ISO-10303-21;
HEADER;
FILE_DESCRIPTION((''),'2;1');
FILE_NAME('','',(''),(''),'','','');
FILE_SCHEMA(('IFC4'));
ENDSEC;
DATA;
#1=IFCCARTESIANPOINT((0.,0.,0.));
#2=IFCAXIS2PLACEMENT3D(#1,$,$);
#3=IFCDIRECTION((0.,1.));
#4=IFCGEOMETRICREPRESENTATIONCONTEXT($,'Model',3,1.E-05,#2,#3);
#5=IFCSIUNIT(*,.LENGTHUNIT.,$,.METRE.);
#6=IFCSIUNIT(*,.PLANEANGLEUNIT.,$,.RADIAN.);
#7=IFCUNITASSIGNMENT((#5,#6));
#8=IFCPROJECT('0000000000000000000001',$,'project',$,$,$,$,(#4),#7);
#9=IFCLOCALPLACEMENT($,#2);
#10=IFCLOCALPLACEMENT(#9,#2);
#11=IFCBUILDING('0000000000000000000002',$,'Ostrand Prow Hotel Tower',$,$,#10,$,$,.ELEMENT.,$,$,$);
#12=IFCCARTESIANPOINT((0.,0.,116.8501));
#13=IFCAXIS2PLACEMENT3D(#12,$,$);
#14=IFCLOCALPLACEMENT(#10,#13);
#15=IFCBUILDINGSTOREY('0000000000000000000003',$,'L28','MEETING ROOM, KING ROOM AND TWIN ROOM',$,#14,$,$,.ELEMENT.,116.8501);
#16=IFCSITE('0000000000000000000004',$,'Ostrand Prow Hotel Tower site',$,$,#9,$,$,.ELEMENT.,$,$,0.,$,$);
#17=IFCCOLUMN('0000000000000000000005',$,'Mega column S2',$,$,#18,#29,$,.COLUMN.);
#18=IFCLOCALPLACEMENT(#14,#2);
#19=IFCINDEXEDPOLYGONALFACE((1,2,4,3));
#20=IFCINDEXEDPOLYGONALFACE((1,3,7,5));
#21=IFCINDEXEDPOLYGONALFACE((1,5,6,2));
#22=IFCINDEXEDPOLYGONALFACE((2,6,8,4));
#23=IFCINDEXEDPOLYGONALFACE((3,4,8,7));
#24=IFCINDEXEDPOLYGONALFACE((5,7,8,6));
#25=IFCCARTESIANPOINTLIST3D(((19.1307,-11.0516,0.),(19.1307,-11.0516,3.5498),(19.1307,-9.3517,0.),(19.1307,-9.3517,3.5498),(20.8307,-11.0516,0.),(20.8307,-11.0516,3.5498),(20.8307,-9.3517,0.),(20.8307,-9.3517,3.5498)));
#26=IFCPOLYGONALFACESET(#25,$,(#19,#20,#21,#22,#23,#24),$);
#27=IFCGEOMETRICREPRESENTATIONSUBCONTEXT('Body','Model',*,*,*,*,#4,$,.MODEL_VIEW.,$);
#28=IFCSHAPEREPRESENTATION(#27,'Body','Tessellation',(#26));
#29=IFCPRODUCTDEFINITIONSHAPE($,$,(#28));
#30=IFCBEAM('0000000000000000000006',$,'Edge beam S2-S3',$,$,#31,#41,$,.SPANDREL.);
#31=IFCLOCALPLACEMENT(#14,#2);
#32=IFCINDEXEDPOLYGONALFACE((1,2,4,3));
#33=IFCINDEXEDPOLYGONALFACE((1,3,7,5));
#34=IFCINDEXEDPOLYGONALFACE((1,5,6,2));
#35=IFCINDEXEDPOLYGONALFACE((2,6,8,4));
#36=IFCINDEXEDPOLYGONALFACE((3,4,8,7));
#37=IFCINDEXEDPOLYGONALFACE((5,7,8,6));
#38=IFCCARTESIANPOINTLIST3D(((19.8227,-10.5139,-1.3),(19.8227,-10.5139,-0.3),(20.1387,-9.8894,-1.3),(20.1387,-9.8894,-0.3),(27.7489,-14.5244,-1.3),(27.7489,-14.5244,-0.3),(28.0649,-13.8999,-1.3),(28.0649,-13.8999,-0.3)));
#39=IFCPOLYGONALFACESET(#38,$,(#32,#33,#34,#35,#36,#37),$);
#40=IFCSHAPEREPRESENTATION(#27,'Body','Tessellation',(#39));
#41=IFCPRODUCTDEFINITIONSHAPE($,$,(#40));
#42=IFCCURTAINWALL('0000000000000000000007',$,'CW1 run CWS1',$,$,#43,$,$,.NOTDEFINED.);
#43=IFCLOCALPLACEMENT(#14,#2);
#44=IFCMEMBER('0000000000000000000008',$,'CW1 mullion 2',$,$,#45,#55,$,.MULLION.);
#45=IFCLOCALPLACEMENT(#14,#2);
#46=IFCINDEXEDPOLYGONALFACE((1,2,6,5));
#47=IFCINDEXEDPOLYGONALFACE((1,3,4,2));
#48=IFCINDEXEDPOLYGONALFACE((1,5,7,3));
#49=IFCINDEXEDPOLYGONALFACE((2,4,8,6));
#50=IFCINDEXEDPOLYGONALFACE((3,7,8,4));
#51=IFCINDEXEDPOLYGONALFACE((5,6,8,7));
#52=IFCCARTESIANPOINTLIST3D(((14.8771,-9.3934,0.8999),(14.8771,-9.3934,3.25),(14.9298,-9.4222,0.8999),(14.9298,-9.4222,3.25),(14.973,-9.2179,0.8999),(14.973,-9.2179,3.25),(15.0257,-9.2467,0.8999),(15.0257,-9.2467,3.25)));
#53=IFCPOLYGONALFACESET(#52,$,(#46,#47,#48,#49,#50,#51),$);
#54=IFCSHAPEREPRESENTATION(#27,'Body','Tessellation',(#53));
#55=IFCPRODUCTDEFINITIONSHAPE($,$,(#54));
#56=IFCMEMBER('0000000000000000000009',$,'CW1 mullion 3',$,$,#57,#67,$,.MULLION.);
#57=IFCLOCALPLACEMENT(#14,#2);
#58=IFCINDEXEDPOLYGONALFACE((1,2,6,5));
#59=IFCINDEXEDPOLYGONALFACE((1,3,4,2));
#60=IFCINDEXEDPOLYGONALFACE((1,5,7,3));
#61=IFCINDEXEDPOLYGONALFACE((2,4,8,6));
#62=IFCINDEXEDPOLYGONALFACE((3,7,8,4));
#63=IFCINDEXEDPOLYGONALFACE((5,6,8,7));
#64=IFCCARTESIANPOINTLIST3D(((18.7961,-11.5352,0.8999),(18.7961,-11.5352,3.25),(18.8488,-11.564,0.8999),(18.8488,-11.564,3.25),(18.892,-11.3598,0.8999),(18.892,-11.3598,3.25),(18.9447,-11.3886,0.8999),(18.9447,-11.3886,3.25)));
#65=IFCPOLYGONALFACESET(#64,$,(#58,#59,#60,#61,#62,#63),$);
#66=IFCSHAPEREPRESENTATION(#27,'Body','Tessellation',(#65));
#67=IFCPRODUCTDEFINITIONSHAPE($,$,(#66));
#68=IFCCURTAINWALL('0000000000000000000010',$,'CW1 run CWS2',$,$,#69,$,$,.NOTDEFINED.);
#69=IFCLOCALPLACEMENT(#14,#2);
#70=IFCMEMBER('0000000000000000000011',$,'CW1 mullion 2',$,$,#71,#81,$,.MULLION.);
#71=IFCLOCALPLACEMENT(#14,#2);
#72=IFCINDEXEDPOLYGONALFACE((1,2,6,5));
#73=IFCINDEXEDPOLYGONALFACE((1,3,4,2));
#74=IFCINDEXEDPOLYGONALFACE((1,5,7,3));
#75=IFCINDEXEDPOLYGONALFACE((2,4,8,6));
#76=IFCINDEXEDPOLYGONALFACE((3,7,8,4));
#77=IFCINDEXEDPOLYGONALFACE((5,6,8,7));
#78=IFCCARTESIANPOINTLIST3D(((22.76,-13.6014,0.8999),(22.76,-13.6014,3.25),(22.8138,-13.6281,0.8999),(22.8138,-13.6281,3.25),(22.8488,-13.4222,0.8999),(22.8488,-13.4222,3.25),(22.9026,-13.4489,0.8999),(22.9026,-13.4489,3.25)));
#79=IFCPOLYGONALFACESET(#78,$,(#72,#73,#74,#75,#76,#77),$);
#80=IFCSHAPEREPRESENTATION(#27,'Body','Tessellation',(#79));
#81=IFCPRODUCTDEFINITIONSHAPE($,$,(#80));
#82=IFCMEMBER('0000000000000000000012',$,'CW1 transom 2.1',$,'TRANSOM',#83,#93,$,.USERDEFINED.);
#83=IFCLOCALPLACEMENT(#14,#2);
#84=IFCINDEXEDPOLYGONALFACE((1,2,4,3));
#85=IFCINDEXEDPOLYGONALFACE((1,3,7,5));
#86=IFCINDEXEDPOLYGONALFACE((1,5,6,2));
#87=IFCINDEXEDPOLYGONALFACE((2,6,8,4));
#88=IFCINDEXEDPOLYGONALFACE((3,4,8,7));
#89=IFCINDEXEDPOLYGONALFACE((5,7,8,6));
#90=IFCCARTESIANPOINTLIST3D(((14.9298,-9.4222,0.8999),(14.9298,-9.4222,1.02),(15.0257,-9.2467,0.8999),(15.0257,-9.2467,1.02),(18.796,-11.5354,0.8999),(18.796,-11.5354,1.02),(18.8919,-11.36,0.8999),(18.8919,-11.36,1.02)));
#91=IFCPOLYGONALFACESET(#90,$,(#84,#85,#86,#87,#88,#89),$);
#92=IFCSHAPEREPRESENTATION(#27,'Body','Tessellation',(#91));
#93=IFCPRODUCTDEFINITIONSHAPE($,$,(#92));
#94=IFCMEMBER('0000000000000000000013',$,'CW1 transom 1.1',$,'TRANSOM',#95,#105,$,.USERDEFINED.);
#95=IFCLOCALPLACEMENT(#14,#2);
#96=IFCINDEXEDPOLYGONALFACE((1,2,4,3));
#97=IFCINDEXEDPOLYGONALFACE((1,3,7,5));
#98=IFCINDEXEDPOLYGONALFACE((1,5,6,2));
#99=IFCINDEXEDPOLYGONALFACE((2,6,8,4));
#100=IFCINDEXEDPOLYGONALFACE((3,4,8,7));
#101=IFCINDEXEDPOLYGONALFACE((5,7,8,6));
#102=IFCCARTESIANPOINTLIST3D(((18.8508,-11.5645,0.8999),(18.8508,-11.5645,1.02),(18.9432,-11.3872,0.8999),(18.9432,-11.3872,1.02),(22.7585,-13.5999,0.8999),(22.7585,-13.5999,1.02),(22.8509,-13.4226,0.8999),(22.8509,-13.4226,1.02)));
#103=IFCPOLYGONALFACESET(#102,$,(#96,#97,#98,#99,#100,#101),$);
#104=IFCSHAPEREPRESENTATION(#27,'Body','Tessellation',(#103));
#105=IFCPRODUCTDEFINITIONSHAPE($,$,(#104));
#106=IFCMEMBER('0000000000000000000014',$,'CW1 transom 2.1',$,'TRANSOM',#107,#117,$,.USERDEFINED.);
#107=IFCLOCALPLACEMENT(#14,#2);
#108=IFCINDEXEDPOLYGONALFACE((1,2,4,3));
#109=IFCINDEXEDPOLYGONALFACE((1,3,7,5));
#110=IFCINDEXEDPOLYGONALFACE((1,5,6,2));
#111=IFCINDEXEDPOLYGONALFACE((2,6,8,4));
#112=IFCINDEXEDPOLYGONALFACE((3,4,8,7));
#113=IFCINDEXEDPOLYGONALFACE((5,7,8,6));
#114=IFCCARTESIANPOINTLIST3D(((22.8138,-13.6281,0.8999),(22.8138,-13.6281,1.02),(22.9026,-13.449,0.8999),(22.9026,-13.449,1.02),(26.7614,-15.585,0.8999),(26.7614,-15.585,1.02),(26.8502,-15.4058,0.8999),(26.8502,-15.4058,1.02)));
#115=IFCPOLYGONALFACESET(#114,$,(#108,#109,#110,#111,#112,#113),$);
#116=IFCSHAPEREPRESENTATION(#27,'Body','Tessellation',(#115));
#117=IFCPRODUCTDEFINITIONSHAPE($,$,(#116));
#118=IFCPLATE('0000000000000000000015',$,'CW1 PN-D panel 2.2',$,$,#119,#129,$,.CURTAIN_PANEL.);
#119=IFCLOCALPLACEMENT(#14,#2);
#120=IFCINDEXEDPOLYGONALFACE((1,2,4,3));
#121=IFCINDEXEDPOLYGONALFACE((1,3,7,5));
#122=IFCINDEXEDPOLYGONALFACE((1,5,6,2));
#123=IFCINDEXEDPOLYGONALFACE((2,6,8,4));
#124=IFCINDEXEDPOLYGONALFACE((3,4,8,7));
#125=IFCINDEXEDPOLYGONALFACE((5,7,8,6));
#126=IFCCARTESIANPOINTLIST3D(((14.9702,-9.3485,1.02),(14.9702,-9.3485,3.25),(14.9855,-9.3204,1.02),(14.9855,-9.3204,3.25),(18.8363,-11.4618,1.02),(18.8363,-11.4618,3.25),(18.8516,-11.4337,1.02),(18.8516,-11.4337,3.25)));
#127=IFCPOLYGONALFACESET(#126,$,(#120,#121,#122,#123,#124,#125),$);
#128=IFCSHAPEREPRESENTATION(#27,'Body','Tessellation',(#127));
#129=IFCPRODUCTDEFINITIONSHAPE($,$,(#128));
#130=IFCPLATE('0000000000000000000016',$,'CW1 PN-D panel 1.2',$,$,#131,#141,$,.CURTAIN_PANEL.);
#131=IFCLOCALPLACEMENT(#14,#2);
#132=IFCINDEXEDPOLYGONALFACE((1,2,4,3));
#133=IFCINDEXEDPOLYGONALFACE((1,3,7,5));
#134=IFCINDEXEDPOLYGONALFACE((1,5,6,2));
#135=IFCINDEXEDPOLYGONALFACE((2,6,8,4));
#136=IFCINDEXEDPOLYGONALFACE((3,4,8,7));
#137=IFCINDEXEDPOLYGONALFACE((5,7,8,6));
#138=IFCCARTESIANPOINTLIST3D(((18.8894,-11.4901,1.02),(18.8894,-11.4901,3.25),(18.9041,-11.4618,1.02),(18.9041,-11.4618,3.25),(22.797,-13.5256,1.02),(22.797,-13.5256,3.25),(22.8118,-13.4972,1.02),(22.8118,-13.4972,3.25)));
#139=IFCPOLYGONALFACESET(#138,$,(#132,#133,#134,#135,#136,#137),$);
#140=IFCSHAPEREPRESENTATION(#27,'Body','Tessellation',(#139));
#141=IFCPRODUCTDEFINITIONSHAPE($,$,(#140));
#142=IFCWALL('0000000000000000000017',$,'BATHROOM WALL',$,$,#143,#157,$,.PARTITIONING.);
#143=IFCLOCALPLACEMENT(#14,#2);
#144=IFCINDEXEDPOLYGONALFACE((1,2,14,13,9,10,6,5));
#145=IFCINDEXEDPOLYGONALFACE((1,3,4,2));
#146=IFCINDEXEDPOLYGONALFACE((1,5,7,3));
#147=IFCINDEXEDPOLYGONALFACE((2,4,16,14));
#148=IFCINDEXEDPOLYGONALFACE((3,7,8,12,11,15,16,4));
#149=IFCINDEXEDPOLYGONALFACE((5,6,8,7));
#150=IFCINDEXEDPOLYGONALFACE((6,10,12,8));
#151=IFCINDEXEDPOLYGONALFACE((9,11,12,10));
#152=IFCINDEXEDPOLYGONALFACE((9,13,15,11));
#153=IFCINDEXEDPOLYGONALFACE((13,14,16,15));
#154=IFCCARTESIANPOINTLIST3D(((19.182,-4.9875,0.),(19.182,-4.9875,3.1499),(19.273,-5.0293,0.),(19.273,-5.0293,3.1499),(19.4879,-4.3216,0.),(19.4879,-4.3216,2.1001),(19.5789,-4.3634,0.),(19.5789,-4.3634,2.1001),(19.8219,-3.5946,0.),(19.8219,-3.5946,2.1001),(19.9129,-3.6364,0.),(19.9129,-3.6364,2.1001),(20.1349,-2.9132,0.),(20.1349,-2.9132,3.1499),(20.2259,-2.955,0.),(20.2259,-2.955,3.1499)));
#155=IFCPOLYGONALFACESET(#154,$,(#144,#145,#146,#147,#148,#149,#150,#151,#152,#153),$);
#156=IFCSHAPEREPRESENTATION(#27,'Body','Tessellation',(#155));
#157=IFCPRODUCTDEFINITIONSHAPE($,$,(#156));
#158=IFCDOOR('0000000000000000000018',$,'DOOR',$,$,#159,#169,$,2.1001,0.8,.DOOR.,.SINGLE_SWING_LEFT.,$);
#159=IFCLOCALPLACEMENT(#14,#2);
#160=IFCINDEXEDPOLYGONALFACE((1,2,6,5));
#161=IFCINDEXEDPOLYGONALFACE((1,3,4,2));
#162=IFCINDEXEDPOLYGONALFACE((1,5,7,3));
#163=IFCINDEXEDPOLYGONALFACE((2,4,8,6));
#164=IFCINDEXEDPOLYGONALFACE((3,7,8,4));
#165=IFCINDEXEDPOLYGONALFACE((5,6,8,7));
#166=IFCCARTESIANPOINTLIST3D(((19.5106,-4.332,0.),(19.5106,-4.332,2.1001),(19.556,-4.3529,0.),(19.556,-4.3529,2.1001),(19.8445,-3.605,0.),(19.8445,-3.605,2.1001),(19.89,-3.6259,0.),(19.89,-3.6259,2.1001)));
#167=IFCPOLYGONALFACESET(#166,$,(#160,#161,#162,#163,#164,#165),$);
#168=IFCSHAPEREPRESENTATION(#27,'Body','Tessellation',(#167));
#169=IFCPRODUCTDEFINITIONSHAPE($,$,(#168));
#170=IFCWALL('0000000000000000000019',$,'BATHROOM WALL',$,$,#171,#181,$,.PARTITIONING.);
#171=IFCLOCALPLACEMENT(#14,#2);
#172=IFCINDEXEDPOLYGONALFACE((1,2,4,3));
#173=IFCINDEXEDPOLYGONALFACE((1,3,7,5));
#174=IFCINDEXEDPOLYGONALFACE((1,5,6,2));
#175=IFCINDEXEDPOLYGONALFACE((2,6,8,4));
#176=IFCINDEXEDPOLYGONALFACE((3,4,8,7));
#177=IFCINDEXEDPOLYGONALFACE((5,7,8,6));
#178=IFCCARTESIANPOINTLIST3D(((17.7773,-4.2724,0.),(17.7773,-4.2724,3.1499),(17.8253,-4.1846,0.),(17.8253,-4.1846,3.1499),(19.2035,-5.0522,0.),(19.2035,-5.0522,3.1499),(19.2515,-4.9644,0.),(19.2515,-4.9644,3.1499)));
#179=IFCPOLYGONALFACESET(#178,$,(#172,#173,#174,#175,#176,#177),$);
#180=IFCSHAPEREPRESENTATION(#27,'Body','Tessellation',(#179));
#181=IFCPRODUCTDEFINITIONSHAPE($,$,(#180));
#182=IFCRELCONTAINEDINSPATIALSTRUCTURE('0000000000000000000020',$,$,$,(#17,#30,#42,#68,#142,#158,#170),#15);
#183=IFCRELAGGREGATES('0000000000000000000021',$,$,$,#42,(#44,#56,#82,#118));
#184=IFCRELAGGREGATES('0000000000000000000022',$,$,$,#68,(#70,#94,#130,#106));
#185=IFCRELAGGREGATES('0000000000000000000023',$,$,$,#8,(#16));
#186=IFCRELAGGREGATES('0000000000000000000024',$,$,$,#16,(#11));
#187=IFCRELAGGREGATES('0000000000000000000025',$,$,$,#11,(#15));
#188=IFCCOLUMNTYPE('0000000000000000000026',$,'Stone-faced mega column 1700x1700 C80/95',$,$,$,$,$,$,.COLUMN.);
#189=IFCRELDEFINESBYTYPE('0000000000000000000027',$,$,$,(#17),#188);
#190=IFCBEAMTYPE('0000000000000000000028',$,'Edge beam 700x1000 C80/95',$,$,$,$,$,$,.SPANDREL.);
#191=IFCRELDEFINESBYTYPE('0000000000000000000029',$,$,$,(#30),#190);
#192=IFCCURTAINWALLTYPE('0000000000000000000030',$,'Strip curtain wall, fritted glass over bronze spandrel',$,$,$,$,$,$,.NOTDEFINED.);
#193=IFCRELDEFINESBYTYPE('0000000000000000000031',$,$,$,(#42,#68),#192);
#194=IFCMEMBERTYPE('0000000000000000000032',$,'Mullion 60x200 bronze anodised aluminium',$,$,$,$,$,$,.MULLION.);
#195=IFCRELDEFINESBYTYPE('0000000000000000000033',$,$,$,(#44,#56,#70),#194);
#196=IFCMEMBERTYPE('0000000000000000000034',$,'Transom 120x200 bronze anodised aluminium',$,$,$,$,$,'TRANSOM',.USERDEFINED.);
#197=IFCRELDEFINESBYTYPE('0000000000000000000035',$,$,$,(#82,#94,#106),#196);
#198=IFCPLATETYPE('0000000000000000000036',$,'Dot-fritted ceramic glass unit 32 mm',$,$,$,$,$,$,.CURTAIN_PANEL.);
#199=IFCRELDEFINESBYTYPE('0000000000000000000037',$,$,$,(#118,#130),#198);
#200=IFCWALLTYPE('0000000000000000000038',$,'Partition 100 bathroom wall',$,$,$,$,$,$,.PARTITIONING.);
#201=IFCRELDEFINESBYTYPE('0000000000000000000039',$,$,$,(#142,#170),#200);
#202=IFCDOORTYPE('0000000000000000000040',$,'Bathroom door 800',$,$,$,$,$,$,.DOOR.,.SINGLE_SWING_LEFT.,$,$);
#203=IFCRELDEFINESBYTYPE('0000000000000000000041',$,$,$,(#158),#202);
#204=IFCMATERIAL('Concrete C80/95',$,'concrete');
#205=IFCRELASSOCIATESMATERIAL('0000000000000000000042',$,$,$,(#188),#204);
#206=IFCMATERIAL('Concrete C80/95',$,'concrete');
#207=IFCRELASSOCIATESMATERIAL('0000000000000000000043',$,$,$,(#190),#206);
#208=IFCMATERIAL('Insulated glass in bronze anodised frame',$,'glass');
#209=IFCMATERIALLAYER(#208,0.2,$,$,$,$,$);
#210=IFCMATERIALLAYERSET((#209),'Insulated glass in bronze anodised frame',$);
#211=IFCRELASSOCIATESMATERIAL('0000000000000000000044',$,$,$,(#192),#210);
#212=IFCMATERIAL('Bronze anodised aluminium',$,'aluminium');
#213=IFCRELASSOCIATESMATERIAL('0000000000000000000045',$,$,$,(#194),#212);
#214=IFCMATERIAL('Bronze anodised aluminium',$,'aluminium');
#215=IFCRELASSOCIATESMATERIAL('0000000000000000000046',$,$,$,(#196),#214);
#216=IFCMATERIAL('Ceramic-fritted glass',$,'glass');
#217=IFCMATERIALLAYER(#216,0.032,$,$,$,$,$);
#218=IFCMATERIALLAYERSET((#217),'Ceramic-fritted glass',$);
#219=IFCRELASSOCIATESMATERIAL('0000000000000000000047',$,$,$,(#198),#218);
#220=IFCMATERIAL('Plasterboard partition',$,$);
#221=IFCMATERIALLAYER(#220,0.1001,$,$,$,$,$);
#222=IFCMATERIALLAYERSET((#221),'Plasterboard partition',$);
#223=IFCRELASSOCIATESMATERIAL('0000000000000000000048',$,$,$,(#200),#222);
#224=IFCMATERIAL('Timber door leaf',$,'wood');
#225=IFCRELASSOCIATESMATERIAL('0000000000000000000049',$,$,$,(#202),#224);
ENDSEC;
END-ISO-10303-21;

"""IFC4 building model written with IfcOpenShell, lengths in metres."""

from ifc_helpers import new_model, si_unit, direction, frame, frame_2d, origin, origin_2d, place, context, subcontext, project, spatial, rectangle, extrude, material, layer, layer_set, material_profile, profile_set, type_object, element, fill, aggregate, save


model = new_model("IFC4")

# Units and contexts
model_context = context("Model", 3, precision=1e-05, world=origin(), true_north=direction((0.0, 1.0)))
body_context = subcontext(model_context, "Body", "Model", "MODEL_VIEW")
ifc_project = project(units=[si_unit("LENGTHUNIT", "METRE"), si_unit("PLANEANGLEUNIT", "RADIAN")], contexts=[model_context])

# Site, building, storey
site_placement = place(None, origin())
site = spatial("IfcSite", under=ifc_project, at=site_placement, Name="Ostrand Prow Hotel Tower site", CompositionType="ELEMENT", RefElevation=0.0)
building_placement = place(site_placement, origin())
building = spatial("IfcBuilding", under=site, at=building_placement, Name="Ostrand Prow Hotel Tower", CompositionType="ELEMENT")
storey_placement = place(building_placement, frame((0.0, 0.0, 116.8501)))
storey = spatial("IfcBuildingStorey", under=building, at=storey_placement, Name="L28", Description="MEETING ROOM, KING ROOM AND TWIN ROOM", CompositionType="ELEMENT", Elevation=116.8501)

# Column
ifc_material_1 = material(Name="Concrete C80/95", Category="concrete")
ifc_material_profile_1 = material_profile(ifc_material_1, rectangle(XDim=1.7, YDim=1.7, at=origin_2d()), Name="RC 1700x1700")
ifc_profile_set_1 = profile_set([ifc_material_profile_1], Name="Concrete C80/95")
column_type = type_object("IfcColumnType", Name="Stone-faced mega column 1700x1700 C80/95", PredefinedType="COLUMN", material=ifc_profile_set_1)
column_placement = place(storey_placement, frame((19.9807, -10.2017, 0.0), z_axis=(0.0, 0.0, 1.0), x_axis=(1.0, 0.0, 0.0)))
element("IfcColumn", 1, at=column_placement, inside=storey, type_object=column_type, Name="Mega column S2", PredefinedType="COLUMN", context=body_context, shape_type="SweptSolid", body=[
    extrude(rectangle(XDim=1.7, YDim=1.7, at=origin_2d()), origin(), (0.0, 0.0, 1.0), 3.5498),
])

# Beam
ifc_material_2 = material(Name="Concrete C80/95", Category="concrete")
ifc_material_profile_2 = material_profile(ifc_material_2, rectangle(XDim=0.7, YDim=1.0, at=origin_2d()), Name="RC 700x1000")
ifc_profile_set_2 = profile_set([ifc_material_profile_2], Name="Concrete C80/95")
beam_type = type_object("IfcBeamType", Name="Edge beam 700x1000 C80/95", PredefinedType="SPANDREL", material=ifc_profile_set_2)
beam_placement = place(storey_placement, frame((19.9807, -10.2017, -0.8), z_axis=(0.892284, -0.451474, 0.0), x_axis=(0.451474, 0.892284, 0.0)))
element("IfcBeam", 2, at=beam_placement, inside=storey, type_object=beam_type, Name="Edge beam S2-S3", PredefinedType="SPANDREL", context=body_context, shape_type="SweptSolid", body=[
    extrude(rectangle(XDim=0.7, YDim=1.0, at=origin_2d()), origin(), (0.0, 0.0, 1.0), 8.8831),
])

# Curtain wall, members
ifc_material_3 = material(Name="Insulated glass in bronze anodised frame", Category="glass")
ifc_layer_1 = layer(ifc_material_3, 0.2)
ifc_layer_set_1 = layer_set([ifc_layer_1], Name="Insulated glass in bronze anodised frame")
curtain_wall_type = type_object("IfcCurtainWallType", Name="Strip curtain wall, fritted glass over bronze spandrel", PredefinedType="NOTDEFINED", material=ifc_layer_set_1)
curtain_wall_1_placement = place(storey_placement, origin())
curtain_wall_1 = element("IfcCurtainWall", 3, at=curtain_wall_1_placement, inside=storey, type_object=curtain_wall_type, Name="CW1 run CWS1", PredefinedType="NOTDEFINED")
ifc_material_4 = material(Name="Bronze anodised aluminium", Category="aluminium")
ifc_material_profile_3 = material_profile(ifc_material_4, rectangle(XDim=0.2, YDim=0.0601, at=origin_2d()), Name="Mullion 60x200 bronze anodised aluminium")
ifc_profile_set_3 = profile_set([ifc_material_profile_3], Name="Bronze anodised aluminium")
member_type_1 = type_object("IfcMemberType", Name="Mullion 60x200 bronze anodised aluminium", PredefinedType="MULLION", material=ifc_profile_set_3)
member_1_placement = place(storey_placement, frame((14.9514, -9.3201, 0.8999), z_axis=(0.0, 0.0, 1.0), x_axis=(0.479637, 0.877467, 0.0)))
member_1 = element("IfcMember", 4, at=member_1_placement, type_object=member_type_1, Name="CW1 mullion 2", PredefinedType="MULLION", context=body_context, shape_type="SweptSolid", body=[
    extrude(rectangle(XDim=0.2, YDim=0.0601, at=origin_2d()), origin(), (0.0, 0.0, 1.0), 2.3501),
])
member_2_placement = place(storey_placement, frame((18.8704, -11.4619, 0.8999), z_axis=(0.0, 0.0, 1.0), x_axis=(0.479637, 0.877467, 0.0)))
member_2 = element("IfcMember", 5, at=member_2_placement, type_object=member_type_1, Name="CW1 mullion 3", PredefinedType="MULLION", context=body_context, shape_type="SweptSolid", body=[
    extrude(rectangle(XDim=0.2, YDim=0.0601, at=origin_2d()), origin(), (0.0, 0.0, 1.0), 2.3501),
])

# Curtain wall, member
curtain_wall_2_placement = place(storey_placement, origin())
curtain_wall_2 = element("IfcCurtainWall", 6, at=curtain_wall_2_placement, inside=storey, type_object=curtain_wall_type, Name="CW1 run CWS2", PredefinedType="NOTDEFINED")
member_3_placement = place(storey_placement, frame((22.8313, -13.5251, 0.8999), z_axis=(0.0, 0.0, 1.0), x_axis=(0.444113, 0.895971, 0.0)))
member_3 = element("IfcMember", 7, at=member_3_placement, type_object=member_type_1, Name="CW1 mullion 2", PredefinedType="MULLION", context=body_context, shape_type="SweptSolid", body=[
    extrude(rectangle(XDim=0.2, YDim=0.0601, at=origin_2d()), origin(), (0.0, 0.0, 1.0), 2.3501),
])

# Members
ifc_material_5 = material(Name="Bronze anodised aluminium", Category="aluminium")
ifc_material_profile_4 = material_profile(ifc_material_5, rectangle(XDim=0.2, YDim=0.1201, at=origin_2d()), Name="Transom 120x200 bronze anodised aluminium")
ifc_profile_set_4 = profile_set([ifc_material_profile_4], Name="Bronze anodised aluminium")
member_type_2 = type_object("IfcMemberType", Name="Transom 120x200 bronze anodised aluminium", ElementType="TRANSOM", PredefinedType="USERDEFINED", material=ifc_profile_set_4)
member_4_placement = place(storey_placement, frame((14.9778, -9.3345, 0.96), z_axis=(0.877472, -0.479628, 0.0), x_axis=(0.479628, 0.877472, 0.0)))
member_4 = element("IfcMember", 8, at=member_4_placement, type_object=member_type_2, Name="CW1 transom 2.1", ObjectType="TRANSOM", PredefinedType="USERDEFINED", context=body_context, shape_type="SweptSolid", body=[
    extrude(rectangle(XDim=0.2, YDim=0.1201, at=origin_2d()), origin(), (0.0, 0.0, 1.0), 4.406),
])
member_5_placement = place(storey_placement, frame((18.897, -11.4758, 0.96), z_axis=(0.886902, -0.461958, 0.0), x_axis=(0.461958, 0.886902, 0.0)))
member_5 = element("IfcMember", 9, at=member_5_placement, type_object=member_type_2, Name="CW1 transom 1.1", ObjectType="TRANSOM", PredefinedType="USERDEFINED", context=body_context, shape_type="SweptSolid", body=[
    extrude(rectangle(XDim=0.2, YDim=0.1201, at=origin_2d()), origin(), (0.0, 0.0, 1.0), 4.406),
])
member_6_placement = place(storey_placement, frame((22.8582, -13.5386, 0.96), z_axis=(0.895962, -0.44413, 0.0), x_axis=(0.44413, 0.895962, 0.0)))
member_6 = element("IfcMember", 10, at=member_6_placement, type_object=member_type_2, Name="CW1 transom 2.1", ObjectType="TRANSOM", PredefinedType="USERDEFINED", context=body_context, shape_type="SweptSolid", body=[
    extrude(rectangle(XDim=0.2, YDim=0.1201, at=origin_2d()), origin(), (0.0, 0.0, 1.0), 4.406),
])

# Plates
ifc_material_6 = material(Name="Ceramic-fritted glass", Category="glass")
ifc_layer_2 = layer(ifc_material_6, 0.032)
ifc_layer_set_2 = layer_set([ifc_layer_2], Name="Ceramic-fritted glass")
plate_type = type_object("IfcPlateType", Name="Dot-fritted ceramic glass unit 32 mm", PredefinedType="CURTAIN_PANEL", material=ifc_layer_set_2)
plate_1_placement = place(storey_placement, frame((16.9109, -10.3911, 1.02), z_axis=(0.0, 0.0, 1.0), x_axis=(0.877467, -0.479637, 0.0)))
plate_1 = element("IfcPlate", 11, at=plate_1_placement, type_object=plate_type, Name="CW1 PN-D panel 2.2", PredefinedType="CURTAIN_PANEL", context=body_context, shape_type="SweptSolid", body=[
    extrude(rectangle(XDim=4.406, YDim=0.032, at=origin_2d()), origin(), (0.0, 0.0, 1.0), 2.23),
])
aggregate(curtain_wall_1, [member_1, member_2, member_4, plate_1])
plate_2_placement = place(storey_placement, frame((20.8506, -12.4937, 1.02), z_axis=(0.0, 0.0, 1.0), x_axis=(0.886896, -0.461968, 0.0)))
plate_2 = element("IfcPlate", 12, at=plate_2_placement, type_object=plate_type, Name="CW1 PN-D panel 1.2", PredefinedType="CURTAIN_PANEL", context=body_context, shape_type="SweptSolid", body=[
    extrude(rectangle(XDim=4.406, YDim=0.032, at=origin_2d()), origin(), (0.0, 0.0, 1.0), 2.23),
])
aggregate(curtain_wall_2, [member_3, member_5, plate_2, member_6])

# Wall, opening, door
ifc_material_7 = material(Name="Plasterboard partition")
ifc_layer_3 = layer(ifc_material_7, 0.1001)
ifc_layer_set_3 = layer_set([ifc_layer_3], Name="Plasterboard partition")
wall_type_1 = type_object("IfcWallType", Name="Partition 100 bathroom wall", PredefinedType="PARTITIONING", material=ifc_layer_set_3)
wall_1_placement = place(storey_placement, frame((20.1804, -2.9341, 0.0), z_axis=(0.0, 0.0, 1.0), x_axis=(-0.41745, -0.9087, 0.0)))
wall_1 = element("IfcWall", 13, at=wall_1_placement, inside=storey, type_object=wall_type_1, Name="BATHROOM WALL", PredefinedType="PARTITIONING", context=body_context, shape_type="SweptSolid", body=[
    extrude(rectangle(XDim=2.2827, YDim=0.1001, at=frame_2d((1.1414, 0.0))), origin(), (0.0, 0.0, 1.0), 3.1499),
])
opening_1_placement = place(wall_1_placement, frame((0.75, 0.0, 0.0)))
opening_1 = element("IfcOpeningElement", 14, at=opening_1_placement, cuts=wall_1, PredefinedType="OPENING", context=body_context, shape_type="SweptSolid", body=[
    extrude(rectangle(XDim=0.8, YDim=2.1001, at=frame_2d((0.3999, 1.05))), frame((0.0, 0.0601, 0.0), z_axis=(0.0, -1.0, 0.0), x_axis=(1.0, 0.0, 0.0)), (0.0, 0.0, 1.0), 0.1201),
])
ifc_material_8 = material(Name="Timber door leaf", Category="wood")
door_type_1 = type_object("IfcDoorType", Name="Bathroom door 800", OperationType="SINGLE_SWING_LEFT", PredefinedType="DOOR", material=ifc_material_8)
door_1_placement = place(opening_1_placement, origin())
door_1 = element("IfcDoor", 15, at=door_1_placement, inside=storey, type_object=door_type_1, Name="DOOR", OperationType="SINGLE_SWING_LEFT", OverallHeight=2.1001, OverallWidth=0.8, PredefinedType="DOOR", context=body_context, shape_type="SweptSolid", body=[
    extrude(rectangle(XDim=0.8, YDim=2.1001, at=frame_2d((0.3999, 1.05))), frame((0.0, 0.0249, 0.0), z_axis=(0.0, -1.0, 0.0), x_axis=(1.0, 0.0, 0.0)), (0.0, 0.0, 1.0), 0.05),
])
fill(opening_1, door_1)

# Wall
wall_2_placement = place(storey_placement, frame((19.2275, -5.0083, 0.0), z_axis=(0.0, 0.0, 1.0), x_axis=(-0.877424, 0.479715, 0.0)))
element("IfcWall", 16, at=wall_2_placement, inside=storey, type_object=wall_type_1, Name="BATHROOM WALL", PredefinedType="PARTITIONING", context=body_context, shape_type="SweptSolid", body=[
    extrude(rectangle(XDim=1.6255, YDim=0.1001, at=frame_2d((0.8127, 0.0))), origin(), (0.0, 0.0, 1.0), 3.1499),
])

save(model, "model.ifc")
